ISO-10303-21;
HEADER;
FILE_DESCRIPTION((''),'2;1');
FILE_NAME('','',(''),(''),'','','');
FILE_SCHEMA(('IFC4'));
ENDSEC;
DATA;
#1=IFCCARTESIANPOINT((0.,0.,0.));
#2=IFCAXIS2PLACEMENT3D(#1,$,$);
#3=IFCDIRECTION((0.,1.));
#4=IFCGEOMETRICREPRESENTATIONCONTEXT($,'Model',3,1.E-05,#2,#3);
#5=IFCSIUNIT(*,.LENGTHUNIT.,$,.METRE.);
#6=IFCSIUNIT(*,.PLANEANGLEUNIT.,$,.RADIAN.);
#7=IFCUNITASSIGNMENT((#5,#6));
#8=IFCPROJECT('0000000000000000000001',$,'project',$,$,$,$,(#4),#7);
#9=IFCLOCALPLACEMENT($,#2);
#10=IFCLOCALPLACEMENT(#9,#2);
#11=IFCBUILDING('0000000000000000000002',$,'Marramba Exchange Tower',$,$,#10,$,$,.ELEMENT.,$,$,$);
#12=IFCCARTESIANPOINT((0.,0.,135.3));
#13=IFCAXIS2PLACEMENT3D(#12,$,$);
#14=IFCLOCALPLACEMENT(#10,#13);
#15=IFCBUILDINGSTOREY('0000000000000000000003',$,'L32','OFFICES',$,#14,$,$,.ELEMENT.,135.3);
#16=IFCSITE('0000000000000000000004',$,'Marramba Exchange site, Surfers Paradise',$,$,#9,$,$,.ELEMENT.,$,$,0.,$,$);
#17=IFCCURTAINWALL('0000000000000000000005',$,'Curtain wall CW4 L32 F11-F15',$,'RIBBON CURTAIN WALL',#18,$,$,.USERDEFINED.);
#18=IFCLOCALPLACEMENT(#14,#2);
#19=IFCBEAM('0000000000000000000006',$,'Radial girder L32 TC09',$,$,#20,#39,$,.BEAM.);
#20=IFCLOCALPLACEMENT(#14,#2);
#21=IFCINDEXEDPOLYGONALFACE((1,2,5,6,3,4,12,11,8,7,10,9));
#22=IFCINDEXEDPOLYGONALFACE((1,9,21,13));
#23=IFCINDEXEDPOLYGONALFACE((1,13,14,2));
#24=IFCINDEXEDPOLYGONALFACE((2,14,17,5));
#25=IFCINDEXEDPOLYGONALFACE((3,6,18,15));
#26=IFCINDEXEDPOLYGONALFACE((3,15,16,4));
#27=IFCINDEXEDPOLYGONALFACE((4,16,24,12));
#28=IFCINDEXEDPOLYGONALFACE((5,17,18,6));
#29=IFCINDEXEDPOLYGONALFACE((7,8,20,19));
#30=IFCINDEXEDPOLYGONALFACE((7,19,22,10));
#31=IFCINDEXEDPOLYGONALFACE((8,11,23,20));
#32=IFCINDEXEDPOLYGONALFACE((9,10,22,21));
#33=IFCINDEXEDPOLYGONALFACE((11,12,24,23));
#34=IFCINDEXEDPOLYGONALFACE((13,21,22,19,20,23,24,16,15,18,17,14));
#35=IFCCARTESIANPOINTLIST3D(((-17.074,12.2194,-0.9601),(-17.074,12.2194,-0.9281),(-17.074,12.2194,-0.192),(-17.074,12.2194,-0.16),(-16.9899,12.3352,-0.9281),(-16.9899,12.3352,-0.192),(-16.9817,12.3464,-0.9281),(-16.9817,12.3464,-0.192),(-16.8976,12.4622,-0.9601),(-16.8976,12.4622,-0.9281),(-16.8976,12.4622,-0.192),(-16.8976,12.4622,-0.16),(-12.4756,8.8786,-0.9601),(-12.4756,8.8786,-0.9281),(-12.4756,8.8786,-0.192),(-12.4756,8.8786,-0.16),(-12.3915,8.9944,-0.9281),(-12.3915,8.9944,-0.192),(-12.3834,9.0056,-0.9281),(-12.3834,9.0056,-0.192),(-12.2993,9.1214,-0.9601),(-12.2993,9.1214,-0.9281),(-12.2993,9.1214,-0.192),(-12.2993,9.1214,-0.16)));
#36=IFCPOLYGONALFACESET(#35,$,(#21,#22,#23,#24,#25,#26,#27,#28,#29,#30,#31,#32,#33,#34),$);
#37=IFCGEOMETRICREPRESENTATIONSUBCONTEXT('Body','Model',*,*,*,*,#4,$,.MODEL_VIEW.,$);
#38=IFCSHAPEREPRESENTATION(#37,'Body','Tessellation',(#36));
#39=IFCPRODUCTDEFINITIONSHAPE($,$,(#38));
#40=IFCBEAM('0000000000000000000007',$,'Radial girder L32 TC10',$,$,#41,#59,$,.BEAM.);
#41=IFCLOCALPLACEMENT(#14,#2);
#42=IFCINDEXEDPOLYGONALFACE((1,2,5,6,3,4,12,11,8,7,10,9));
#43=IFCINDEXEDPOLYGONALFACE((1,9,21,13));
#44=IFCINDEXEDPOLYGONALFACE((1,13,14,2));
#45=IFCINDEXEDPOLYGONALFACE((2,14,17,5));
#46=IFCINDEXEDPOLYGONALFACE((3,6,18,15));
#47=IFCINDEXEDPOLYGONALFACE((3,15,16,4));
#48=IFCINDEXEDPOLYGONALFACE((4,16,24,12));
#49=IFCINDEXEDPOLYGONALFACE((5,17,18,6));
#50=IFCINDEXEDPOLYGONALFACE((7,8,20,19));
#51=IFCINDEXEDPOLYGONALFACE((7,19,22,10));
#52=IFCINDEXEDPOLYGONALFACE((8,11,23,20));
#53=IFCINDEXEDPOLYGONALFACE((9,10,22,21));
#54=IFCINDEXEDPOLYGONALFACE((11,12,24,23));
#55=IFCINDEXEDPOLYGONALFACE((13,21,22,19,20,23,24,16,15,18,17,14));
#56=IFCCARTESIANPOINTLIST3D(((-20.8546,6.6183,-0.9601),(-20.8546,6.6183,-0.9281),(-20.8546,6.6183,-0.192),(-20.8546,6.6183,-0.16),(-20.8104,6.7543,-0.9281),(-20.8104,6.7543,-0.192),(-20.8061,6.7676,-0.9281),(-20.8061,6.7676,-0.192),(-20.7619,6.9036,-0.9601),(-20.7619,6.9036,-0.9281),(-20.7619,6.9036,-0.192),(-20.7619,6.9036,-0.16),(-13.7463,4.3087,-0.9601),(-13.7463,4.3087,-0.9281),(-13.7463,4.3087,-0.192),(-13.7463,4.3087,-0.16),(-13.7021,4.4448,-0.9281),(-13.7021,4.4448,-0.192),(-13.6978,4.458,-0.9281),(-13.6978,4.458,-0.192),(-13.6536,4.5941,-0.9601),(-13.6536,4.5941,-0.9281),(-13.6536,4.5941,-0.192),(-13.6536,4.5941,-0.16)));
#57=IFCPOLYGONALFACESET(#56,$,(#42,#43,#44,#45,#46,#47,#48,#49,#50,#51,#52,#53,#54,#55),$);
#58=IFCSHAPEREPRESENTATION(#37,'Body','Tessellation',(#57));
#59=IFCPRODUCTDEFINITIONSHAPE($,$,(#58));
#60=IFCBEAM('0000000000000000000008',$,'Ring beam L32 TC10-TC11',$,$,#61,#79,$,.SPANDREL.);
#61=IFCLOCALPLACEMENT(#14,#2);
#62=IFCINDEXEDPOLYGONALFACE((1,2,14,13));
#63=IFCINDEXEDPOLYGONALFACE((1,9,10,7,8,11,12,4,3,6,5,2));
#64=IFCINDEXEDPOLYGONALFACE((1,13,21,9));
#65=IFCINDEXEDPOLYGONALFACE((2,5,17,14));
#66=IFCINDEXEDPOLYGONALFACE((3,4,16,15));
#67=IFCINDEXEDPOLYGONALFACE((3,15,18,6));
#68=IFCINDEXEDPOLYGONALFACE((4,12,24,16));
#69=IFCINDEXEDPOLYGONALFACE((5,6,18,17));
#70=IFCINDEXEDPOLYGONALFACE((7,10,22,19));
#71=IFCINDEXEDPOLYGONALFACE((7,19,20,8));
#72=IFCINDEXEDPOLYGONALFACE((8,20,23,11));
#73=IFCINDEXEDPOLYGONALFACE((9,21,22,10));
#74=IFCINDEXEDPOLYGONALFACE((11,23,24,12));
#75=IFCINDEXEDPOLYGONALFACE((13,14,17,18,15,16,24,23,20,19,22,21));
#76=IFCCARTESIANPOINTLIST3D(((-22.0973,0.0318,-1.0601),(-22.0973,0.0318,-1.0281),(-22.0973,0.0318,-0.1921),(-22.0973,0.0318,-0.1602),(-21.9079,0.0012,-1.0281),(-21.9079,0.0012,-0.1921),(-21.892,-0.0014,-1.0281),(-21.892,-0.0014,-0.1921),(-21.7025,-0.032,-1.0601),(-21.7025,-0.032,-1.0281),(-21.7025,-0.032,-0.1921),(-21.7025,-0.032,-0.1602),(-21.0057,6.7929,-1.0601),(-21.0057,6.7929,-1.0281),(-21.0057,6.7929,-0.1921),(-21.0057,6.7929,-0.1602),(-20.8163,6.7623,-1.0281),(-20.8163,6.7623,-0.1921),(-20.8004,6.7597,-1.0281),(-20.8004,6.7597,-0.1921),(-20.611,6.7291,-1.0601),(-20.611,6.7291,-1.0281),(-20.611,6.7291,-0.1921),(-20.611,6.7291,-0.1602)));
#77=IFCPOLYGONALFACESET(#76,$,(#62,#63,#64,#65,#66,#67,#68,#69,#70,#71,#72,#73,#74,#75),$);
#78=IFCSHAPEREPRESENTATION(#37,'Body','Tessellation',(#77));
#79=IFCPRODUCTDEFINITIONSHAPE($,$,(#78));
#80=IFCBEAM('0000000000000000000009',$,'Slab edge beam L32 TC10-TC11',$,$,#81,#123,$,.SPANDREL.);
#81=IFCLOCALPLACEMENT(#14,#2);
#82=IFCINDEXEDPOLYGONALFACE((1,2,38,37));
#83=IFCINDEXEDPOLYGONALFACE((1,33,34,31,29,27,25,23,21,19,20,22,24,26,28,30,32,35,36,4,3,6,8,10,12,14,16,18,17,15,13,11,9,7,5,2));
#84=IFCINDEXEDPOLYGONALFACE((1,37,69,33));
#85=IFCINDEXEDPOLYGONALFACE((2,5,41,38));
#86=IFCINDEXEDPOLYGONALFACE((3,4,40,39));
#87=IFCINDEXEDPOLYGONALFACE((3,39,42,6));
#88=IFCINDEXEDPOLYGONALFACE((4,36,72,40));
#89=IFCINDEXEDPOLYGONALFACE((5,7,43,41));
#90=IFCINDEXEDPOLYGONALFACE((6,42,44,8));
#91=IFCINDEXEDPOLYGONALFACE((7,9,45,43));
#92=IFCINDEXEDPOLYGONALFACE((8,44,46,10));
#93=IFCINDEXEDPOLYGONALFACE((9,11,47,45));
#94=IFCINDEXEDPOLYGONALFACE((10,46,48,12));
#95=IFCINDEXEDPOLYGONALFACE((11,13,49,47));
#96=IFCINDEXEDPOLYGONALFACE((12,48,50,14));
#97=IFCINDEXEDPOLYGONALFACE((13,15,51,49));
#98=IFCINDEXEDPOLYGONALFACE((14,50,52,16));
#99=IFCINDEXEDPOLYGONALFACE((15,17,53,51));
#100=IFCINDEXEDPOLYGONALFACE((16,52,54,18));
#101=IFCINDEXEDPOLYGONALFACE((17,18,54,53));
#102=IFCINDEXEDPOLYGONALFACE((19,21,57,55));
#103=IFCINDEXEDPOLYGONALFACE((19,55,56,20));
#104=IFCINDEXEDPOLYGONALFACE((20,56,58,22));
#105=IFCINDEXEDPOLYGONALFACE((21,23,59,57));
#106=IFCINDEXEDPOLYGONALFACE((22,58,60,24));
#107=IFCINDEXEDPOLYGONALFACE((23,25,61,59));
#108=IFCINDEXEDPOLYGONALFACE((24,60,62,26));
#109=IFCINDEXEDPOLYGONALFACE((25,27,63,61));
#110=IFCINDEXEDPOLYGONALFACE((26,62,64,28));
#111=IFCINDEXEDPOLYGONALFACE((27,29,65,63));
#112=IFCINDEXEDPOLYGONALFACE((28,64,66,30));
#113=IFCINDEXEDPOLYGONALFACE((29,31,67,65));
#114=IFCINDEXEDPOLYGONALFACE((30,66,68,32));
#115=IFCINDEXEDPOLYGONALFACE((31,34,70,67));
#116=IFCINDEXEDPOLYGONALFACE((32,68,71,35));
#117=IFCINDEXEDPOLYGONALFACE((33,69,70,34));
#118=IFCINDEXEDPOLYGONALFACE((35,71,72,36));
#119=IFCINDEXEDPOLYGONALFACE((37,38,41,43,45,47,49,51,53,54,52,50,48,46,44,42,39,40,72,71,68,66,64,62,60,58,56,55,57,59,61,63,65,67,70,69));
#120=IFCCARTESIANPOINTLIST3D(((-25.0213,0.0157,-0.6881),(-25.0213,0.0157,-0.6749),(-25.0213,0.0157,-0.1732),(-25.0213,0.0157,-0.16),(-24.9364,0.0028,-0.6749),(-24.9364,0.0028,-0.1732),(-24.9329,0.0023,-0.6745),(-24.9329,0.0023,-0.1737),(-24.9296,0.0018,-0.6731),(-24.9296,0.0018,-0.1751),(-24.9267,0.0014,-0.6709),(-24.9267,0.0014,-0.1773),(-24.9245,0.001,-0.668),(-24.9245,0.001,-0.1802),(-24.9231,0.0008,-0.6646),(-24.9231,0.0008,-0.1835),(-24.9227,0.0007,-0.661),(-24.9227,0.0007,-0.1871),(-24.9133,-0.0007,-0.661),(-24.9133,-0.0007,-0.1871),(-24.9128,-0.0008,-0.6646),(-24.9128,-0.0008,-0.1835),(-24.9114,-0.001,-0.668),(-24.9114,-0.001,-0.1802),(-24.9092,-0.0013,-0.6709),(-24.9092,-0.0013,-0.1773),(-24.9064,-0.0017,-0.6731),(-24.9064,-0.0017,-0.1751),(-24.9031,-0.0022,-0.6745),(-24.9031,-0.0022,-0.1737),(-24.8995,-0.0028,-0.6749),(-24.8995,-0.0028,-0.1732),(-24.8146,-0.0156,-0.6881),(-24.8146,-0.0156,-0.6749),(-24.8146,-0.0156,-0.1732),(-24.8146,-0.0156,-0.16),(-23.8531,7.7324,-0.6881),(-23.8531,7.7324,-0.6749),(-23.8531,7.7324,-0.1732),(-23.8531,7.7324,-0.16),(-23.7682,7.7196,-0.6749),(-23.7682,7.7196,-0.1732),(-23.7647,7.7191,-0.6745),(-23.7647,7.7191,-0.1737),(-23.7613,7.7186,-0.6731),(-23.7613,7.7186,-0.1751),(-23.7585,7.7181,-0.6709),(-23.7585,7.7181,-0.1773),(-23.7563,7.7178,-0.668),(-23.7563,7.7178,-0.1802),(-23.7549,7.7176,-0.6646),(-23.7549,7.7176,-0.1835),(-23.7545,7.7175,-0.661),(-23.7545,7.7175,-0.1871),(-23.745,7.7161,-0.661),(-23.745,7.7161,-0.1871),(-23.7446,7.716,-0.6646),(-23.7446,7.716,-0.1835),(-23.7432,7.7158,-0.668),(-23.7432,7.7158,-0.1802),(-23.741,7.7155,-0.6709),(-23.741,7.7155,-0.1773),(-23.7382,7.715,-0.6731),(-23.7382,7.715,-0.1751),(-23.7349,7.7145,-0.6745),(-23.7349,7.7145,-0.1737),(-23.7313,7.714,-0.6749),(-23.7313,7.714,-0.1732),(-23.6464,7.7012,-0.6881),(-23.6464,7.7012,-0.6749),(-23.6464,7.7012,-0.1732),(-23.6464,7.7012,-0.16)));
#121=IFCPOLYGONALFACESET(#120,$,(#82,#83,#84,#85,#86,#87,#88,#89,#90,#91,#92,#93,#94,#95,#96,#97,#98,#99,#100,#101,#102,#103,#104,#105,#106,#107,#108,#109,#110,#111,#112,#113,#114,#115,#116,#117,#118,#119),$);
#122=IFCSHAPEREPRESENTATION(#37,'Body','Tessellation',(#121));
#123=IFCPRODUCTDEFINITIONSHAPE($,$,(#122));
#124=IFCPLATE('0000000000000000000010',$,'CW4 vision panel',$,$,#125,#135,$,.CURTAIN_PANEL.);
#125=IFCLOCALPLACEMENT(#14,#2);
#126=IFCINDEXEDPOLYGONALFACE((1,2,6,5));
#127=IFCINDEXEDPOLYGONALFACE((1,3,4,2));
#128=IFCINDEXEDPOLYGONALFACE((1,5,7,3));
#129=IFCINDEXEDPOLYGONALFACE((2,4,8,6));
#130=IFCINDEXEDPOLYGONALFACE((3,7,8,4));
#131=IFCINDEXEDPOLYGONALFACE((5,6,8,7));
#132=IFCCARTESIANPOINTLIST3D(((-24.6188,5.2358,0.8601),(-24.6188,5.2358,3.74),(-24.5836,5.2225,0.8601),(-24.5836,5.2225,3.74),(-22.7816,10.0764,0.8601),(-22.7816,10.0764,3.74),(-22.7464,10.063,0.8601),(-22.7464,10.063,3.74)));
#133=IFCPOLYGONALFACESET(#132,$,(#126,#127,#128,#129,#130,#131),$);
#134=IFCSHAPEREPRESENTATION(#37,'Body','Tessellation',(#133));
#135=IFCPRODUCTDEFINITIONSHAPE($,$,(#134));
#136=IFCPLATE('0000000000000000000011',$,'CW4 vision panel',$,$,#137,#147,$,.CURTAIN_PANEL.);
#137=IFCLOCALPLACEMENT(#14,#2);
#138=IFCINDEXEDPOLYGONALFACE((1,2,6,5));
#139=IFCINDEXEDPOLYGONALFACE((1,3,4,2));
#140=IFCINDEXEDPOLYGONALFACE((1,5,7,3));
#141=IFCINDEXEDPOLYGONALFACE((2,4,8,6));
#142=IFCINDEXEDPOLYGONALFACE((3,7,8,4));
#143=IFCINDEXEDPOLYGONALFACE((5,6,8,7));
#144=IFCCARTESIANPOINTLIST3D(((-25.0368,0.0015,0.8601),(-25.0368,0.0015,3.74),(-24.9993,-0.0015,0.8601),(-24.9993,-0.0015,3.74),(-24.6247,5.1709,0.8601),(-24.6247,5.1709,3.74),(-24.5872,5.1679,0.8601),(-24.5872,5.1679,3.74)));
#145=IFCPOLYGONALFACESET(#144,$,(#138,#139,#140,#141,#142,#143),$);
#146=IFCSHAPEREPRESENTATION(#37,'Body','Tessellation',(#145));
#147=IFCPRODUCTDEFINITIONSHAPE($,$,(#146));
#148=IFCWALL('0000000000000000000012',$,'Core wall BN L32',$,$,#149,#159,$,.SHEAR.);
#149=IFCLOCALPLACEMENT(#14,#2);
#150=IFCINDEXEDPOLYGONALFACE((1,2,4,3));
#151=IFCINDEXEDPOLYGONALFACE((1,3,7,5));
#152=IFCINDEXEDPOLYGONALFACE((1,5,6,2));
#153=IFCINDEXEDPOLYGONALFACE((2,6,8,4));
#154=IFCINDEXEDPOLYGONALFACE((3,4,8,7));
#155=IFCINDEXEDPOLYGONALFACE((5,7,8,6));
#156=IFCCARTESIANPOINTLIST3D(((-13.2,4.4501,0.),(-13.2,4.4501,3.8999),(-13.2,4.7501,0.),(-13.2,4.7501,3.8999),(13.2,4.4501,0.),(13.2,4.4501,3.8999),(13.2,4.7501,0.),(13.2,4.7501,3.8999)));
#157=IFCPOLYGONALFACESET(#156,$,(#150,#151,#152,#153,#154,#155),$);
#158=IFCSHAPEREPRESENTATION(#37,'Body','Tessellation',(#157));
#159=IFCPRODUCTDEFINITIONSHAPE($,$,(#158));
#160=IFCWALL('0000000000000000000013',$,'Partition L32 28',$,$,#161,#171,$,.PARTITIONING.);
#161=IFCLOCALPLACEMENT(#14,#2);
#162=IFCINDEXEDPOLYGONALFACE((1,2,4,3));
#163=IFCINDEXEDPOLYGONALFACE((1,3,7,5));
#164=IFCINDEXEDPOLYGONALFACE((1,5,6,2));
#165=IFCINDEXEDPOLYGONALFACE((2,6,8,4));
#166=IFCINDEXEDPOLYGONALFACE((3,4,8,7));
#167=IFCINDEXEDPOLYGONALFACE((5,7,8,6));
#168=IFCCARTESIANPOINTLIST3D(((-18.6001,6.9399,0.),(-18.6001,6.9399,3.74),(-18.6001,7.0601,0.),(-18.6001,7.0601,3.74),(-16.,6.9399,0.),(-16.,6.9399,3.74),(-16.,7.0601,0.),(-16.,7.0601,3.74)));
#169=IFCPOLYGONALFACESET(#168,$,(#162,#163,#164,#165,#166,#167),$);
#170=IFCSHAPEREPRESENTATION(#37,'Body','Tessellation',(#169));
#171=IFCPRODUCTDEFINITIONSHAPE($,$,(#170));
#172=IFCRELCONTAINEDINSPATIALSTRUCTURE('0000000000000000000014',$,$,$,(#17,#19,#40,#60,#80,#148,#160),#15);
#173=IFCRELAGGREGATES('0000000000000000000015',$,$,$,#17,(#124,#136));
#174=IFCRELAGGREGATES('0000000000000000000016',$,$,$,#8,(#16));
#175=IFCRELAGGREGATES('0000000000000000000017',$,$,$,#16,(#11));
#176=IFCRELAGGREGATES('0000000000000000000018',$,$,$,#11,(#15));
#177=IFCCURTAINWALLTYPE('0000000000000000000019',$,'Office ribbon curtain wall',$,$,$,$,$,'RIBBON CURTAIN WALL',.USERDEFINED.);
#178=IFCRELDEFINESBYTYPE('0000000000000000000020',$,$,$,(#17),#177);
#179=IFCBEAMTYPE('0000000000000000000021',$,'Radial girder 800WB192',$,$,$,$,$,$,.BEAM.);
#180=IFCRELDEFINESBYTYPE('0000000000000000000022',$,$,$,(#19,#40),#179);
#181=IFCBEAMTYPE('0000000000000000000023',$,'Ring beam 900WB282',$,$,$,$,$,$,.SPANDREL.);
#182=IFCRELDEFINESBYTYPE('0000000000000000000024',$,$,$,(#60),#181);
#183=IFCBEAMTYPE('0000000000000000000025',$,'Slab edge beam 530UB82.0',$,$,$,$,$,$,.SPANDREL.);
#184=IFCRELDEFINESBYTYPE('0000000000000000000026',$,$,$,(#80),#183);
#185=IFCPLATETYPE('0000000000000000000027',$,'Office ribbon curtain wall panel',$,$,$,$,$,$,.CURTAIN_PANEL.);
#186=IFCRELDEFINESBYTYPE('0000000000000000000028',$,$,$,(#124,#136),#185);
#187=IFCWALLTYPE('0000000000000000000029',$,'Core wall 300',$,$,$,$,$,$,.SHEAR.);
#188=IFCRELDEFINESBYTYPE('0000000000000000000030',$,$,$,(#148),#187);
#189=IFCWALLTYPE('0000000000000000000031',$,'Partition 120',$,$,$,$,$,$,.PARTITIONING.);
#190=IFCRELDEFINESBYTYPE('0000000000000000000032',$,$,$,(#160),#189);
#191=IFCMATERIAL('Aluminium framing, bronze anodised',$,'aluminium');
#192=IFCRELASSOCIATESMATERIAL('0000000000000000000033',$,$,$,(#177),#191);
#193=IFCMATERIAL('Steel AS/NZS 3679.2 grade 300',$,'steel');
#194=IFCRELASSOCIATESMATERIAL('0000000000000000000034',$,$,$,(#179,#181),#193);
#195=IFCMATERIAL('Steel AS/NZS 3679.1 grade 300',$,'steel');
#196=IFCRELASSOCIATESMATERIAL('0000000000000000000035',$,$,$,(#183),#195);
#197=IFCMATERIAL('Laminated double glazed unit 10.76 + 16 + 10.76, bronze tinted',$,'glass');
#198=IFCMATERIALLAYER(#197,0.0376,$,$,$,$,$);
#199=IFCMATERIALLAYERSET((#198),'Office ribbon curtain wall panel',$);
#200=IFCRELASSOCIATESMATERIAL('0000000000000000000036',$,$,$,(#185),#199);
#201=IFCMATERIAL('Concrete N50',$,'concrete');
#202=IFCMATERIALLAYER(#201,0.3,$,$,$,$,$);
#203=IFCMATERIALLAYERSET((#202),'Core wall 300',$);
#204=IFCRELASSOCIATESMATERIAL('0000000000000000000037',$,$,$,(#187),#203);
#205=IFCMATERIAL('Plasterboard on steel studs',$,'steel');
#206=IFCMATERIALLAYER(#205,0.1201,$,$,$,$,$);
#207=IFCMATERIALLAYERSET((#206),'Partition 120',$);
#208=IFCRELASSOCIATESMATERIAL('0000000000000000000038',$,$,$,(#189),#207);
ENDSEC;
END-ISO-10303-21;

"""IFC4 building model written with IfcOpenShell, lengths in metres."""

from ifc_helpers import new_model, si_unit, direction, frame, frame_2d, origin, origin_2d, place, context, subcontext, project, spatial, rectangle, i_section, extrude, material, layer, layer_set, material_profile, profile_set, type_object, element, aggregate, save


model = new_model("IFC4")

# Units and contexts
model_context = context("Model", 3, precision=1e-05, world=origin(), true_north=direction((0.0, 1.0)))
body_context = subcontext(model_context, "Body", "Model", "MODEL_VIEW")
ifc_project = project(units=[si_unit("LENGTHUNIT", "METRE"), si_unit("PLANEANGLEUNIT", "RADIAN")], contexts=[model_context])

# Site, building, storey
site_placement = place(None, origin())
site = spatial("IfcSite", under=ifc_project, at=site_placement, Name="Marramba Exchange site, Surfers Paradise", CompositionType="ELEMENT", RefElevation=0.0)
building_placement = place(site_placement, origin())
building = spatial("IfcBuilding", under=site, at=building_placement, Name="Marramba Exchange Tower", CompositionType="ELEMENT")
storey_placement = place(building_placement, frame((0.0, 0.0, 135.3)))
storey = spatial("IfcBuildingStorey", under=building, at=storey_placement, Name="L32", Description="OFFICES", CompositionType="ELEMENT", Elevation=135.3)

# Shared definitions
ifc_material_1 = material(Name="Concrete N50", Category="concrete")

# Shared definitions
ifc_material_2 = material(Name="Steel AS/NZS 3679.2 grade 300", Category="steel")
ifc_material_3 = material(Name="Steel AS/NZS 3679.1 grade 300", Category="steel")

# Curtain wall
ifc_material_4 = material(Name="Aluminium framing, bronze anodised", Category="aluminium")
curtain_wall_type = type_object("IfcCurtainWallType", Name="Office ribbon curtain wall", ElementType="RIBBON CURTAIN WALL", PredefinedType="USERDEFINED", material=ifc_material_4)
curtain_wall_placement = place(storey_placement, origin())
curtain_wall = element("IfcCurtainWall", 1, at=curtain_wall_placement, inside=storey, type_object=curtain_wall_type, Name="Curtain wall CW4 L32 F11-F15", ObjectType="RIBBON CURTAIN WALL", PredefinedType="USERDEFINED")

# Beams
ifc_material_profile_1 = material_profile(ifc_material_2, i_section(OverallWidth=0.3, OverallDepth=0.8, WebThickness=0.0139, FlangeThickness=0.032, at=origin_2d()), Name="800WB192")
ifc_profile_set_1 = profile_set([ifc_material_profile_1], Name="Steel AS/NZS 3679.2 grade 300")
beam_type_1 = type_object("IfcBeamType", Name="Radial girder 800WB192", PredefinedType="BEAM", material=ifc_profile_set_1)
beam_1_placement = place(storey_placement, frame((-12.3875, 9.0, -0.5601), z_axis=(-0.809026, 0.587773, 0.0), x_axis=(-0.587773, -0.809026, 0.0)))
element("IfcBeam", 2, at=beam_1_placement, inside=storey, type_object=beam_type_1, Name="Radial girder L32 TC09", PredefinedType="BEAM", context=body_context, shape_type="SweptSolid", body=[
    extrude(i_section(OverallWidth=0.3, OverallDepth=0.8, WebThickness=0.0139, FlangeThickness=0.032, at=origin_2d()), origin(), (0.0, 0.0, 1.0), 5.6838),
])
beam_2_placement = place(storey_placement, frame((-13.7, 4.4514, -0.5601), z_axis=(-0.95106, 0.309006, 0.0), x_axis=(-0.309006, -0.95106, 0.0)))
element("IfcBeam", 3, at=beam_2_placement, inside=storey, type_object=beam_type_1, Name="Radial girder L32 TC10", PredefinedType="BEAM", context=body_context, shape_type="SweptSolid", body=[
    extrude(i_section(OverallWidth=0.3, OverallDepth=0.8, WebThickness=0.0139, FlangeThickness=0.032, at=origin_2d()), origin(), (0.0, 0.0, 1.0), 7.4741),
])
ifc_material_profile_2 = material_profile(ifc_material_2, i_section(OverallWidth=0.3999, OverallDepth=0.8999, WebThickness=0.0161, FlangeThickness=0.032, at=origin_2d()), Name="900WB282")
ifc_profile_set_2 = profile_set([ifc_material_profile_2], Name="Steel AS/NZS 3679.2 grade 300")
beam_type_2 = type_object("IfcBeamType", Name="Ring beam 900WB282", PredefinedType="SPANDREL", material=ifc_profile_set_2)
beam_3_placement = place(storey_placement, frame((-20.8083, 6.761, -0.6101), z_axis=(-0.159385, -0.987217, 0.0), x_axis=(0.987217, -0.159385, 0.0)))
element("IfcBeam", 4, at=beam_3_placement, inside=storey, type_object=beam_type_2, Name="Ring beam L32 TC10-TC11", PredefinedType="SPANDREL", context=body_context, shape_type="SweptSolid", body=[
    extrude(i_section(OverallWidth=0.3999, OverallDepth=0.8999, WebThickness=0.0161, FlangeThickness=0.032, at=origin_2d()), origin(), (0.0, 0.0, 1.0), 6.8486),
])
ifc_material_profile_3 = material_profile(ifc_material_3, i_section(OverallWidth=0.209, OverallDepth=0.5281, WebThickness=0.0095, FlangeThickness=0.0132, FilletRadius=0.0139, at=origin_2d()), Name="530UB82.0")
ifc_profile_set_3 = profile_set([ifc_material_profile_3], Name="Steel AS/NZS 3679.1 grade 300")
beam_type_3 = type_object("IfcBeamType", Name="Slab edge beam 530UB82.0", PredefinedType="SPANDREL", material=ifc_profile_set_3)
beam_4_placement = place(storey_placement, frame((-23.7498, 7.7168, -0.4241), z_axis=(-0.14968, -0.988734, 0.0), x_axis=(0.988734, -0.14968, 0.0)))
element("IfcBeam", 5, at=beam_4_placement, inside=storey, type_object=beam_type_3, Name="Slab edge beam L32 TC10-TC11", PredefinedType="SPANDREL", context=body_context, shape_type="SweptSolid", body=[
    extrude(i_section(OverallWidth=0.209, OverallDepth=0.5281, WebThickness=0.0095, FlangeThickness=0.0132, FilletRadius=0.0139, at=origin_2d()), origin(), (0.0, 0.0, 1.0), 7.8047),
])

# Plates
ifc_material_5 = material(Name="Laminated double glazed unit 10.76 + 16 + 10.76, bronze tinted", Category="glass")
ifc_layer_1 = layer(ifc_material_5, 0.0376)
ifc_layer_set_1 = layer_set([ifc_layer_1], Name="Office ribbon curtain wall panel")
plate_type = type_object("IfcPlateType", Name="Office ribbon curtain wall panel", PredefinedType="CURTAIN_PANEL", material=ifc_layer_set_1)
plate_1_placement = place(storey_placement, frame((-23.6826, 7.6494, 0.8601), z_axis=(0.0, 0.0, 1.0), x_axis=(-0.354844, -0.934925, 0.0)))
plate_1 = element("IfcPlate", 6, at=plate_1_placement, type_object=plate_type, Name="CW4 vision panel", PredefinedType="CURTAIN_PANEL", context=body_context, shape_type="SweptSolid", body=[
    extrude(rectangle(XDim=5.1775, YDim=0.0376, at=origin_2d()), origin(), (0.0, 0.0, 1.0), 2.8799),
])
plate_2_placement = place(storey_placement, frame((-24.812, 2.5847, 0.8601), z_axis=(0.0, 0.0, 1.0), x_axis=(-0.07946, -0.996838, 0.0)))
plate_2 = element("IfcPlate", 7, at=plate_2_placement, type_object=plate_type, Name="CW4 vision panel", PredefinedType="CURTAIN_PANEL", context=body_context, shape_type="SweptSolid", body=[
    extrude(rectangle(XDim=5.1858, YDim=0.0376, at=origin_2d()), origin(), (0.0, 0.0, 1.0), 2.8799),
])
aggregate(curtain_wall, [plate_1, plate_2])

# Walls
ifc_layer_2 = layer(ifc_material_1, 0.3)
ifc_layer_set_2 = layer_set([ifc_layer_2], Name="Core wall 300")
wall_type_1 = type_object("IfcWallType", Name="Core wall 300", PredefinedType="SHEAR", material=ifc_layer_set_2)
wall_1_placement = place(storey_placement, frame((-13.2, 4.6001, 0.0), z_axis=(0.0, 0.0, 1.0), x_axis=(1.0, 0.0, 0.0)))
element("IfcWall", 8, at=wall_1_placement, inside=storey, type_object=wall_type_1, Name="Core wall BN L32", PredefinedType="SHEAR", context=body_context, shape_type="SweptSolid", body=[
    extrude(rectangle(XDim=26.3999, YDim=0.3, at=frame_2d((13.2, 0.0))), origin(), (0.0, 0.0, 1.0), 3.8999),
])
ifc_material_6 = material(Name="Plasterboard on steel studs", Category="steel")
ifc_layer_3 = layer(ifc_material_6, 0.1201)
ifc_layer_set_3 = layer_set([ifc_layer_3], Name="Partition 120")
wall_type_2 = type_object("IfcWallType", Name="Partition 120", PredefinedType="PARTITIONING", material=ifc_layer_set_3)
wall_2_placement = place(storey_placement, frame((-18.6001, 7.0, 0.0), z_axis=(0.0, 0.0, 1.0), x_axis=(1.0, 0.0, 0.0)))
element("IfcWall", 9, at=wall_2_placement, inside=storey, type_object=wall_type_2, Name="Partition L32 28", PredefinedType="PARTITIONING", context=body_context, shape_type="SweptSolid", body=[
    extrude(rectangle(XDim=2.6001, YDim=0.1201, at=frame_2d((1.3, 0.0))), origin(), (0.0, 0.0, 1.0), 3.74),
])

save(model, "model.ifc")
